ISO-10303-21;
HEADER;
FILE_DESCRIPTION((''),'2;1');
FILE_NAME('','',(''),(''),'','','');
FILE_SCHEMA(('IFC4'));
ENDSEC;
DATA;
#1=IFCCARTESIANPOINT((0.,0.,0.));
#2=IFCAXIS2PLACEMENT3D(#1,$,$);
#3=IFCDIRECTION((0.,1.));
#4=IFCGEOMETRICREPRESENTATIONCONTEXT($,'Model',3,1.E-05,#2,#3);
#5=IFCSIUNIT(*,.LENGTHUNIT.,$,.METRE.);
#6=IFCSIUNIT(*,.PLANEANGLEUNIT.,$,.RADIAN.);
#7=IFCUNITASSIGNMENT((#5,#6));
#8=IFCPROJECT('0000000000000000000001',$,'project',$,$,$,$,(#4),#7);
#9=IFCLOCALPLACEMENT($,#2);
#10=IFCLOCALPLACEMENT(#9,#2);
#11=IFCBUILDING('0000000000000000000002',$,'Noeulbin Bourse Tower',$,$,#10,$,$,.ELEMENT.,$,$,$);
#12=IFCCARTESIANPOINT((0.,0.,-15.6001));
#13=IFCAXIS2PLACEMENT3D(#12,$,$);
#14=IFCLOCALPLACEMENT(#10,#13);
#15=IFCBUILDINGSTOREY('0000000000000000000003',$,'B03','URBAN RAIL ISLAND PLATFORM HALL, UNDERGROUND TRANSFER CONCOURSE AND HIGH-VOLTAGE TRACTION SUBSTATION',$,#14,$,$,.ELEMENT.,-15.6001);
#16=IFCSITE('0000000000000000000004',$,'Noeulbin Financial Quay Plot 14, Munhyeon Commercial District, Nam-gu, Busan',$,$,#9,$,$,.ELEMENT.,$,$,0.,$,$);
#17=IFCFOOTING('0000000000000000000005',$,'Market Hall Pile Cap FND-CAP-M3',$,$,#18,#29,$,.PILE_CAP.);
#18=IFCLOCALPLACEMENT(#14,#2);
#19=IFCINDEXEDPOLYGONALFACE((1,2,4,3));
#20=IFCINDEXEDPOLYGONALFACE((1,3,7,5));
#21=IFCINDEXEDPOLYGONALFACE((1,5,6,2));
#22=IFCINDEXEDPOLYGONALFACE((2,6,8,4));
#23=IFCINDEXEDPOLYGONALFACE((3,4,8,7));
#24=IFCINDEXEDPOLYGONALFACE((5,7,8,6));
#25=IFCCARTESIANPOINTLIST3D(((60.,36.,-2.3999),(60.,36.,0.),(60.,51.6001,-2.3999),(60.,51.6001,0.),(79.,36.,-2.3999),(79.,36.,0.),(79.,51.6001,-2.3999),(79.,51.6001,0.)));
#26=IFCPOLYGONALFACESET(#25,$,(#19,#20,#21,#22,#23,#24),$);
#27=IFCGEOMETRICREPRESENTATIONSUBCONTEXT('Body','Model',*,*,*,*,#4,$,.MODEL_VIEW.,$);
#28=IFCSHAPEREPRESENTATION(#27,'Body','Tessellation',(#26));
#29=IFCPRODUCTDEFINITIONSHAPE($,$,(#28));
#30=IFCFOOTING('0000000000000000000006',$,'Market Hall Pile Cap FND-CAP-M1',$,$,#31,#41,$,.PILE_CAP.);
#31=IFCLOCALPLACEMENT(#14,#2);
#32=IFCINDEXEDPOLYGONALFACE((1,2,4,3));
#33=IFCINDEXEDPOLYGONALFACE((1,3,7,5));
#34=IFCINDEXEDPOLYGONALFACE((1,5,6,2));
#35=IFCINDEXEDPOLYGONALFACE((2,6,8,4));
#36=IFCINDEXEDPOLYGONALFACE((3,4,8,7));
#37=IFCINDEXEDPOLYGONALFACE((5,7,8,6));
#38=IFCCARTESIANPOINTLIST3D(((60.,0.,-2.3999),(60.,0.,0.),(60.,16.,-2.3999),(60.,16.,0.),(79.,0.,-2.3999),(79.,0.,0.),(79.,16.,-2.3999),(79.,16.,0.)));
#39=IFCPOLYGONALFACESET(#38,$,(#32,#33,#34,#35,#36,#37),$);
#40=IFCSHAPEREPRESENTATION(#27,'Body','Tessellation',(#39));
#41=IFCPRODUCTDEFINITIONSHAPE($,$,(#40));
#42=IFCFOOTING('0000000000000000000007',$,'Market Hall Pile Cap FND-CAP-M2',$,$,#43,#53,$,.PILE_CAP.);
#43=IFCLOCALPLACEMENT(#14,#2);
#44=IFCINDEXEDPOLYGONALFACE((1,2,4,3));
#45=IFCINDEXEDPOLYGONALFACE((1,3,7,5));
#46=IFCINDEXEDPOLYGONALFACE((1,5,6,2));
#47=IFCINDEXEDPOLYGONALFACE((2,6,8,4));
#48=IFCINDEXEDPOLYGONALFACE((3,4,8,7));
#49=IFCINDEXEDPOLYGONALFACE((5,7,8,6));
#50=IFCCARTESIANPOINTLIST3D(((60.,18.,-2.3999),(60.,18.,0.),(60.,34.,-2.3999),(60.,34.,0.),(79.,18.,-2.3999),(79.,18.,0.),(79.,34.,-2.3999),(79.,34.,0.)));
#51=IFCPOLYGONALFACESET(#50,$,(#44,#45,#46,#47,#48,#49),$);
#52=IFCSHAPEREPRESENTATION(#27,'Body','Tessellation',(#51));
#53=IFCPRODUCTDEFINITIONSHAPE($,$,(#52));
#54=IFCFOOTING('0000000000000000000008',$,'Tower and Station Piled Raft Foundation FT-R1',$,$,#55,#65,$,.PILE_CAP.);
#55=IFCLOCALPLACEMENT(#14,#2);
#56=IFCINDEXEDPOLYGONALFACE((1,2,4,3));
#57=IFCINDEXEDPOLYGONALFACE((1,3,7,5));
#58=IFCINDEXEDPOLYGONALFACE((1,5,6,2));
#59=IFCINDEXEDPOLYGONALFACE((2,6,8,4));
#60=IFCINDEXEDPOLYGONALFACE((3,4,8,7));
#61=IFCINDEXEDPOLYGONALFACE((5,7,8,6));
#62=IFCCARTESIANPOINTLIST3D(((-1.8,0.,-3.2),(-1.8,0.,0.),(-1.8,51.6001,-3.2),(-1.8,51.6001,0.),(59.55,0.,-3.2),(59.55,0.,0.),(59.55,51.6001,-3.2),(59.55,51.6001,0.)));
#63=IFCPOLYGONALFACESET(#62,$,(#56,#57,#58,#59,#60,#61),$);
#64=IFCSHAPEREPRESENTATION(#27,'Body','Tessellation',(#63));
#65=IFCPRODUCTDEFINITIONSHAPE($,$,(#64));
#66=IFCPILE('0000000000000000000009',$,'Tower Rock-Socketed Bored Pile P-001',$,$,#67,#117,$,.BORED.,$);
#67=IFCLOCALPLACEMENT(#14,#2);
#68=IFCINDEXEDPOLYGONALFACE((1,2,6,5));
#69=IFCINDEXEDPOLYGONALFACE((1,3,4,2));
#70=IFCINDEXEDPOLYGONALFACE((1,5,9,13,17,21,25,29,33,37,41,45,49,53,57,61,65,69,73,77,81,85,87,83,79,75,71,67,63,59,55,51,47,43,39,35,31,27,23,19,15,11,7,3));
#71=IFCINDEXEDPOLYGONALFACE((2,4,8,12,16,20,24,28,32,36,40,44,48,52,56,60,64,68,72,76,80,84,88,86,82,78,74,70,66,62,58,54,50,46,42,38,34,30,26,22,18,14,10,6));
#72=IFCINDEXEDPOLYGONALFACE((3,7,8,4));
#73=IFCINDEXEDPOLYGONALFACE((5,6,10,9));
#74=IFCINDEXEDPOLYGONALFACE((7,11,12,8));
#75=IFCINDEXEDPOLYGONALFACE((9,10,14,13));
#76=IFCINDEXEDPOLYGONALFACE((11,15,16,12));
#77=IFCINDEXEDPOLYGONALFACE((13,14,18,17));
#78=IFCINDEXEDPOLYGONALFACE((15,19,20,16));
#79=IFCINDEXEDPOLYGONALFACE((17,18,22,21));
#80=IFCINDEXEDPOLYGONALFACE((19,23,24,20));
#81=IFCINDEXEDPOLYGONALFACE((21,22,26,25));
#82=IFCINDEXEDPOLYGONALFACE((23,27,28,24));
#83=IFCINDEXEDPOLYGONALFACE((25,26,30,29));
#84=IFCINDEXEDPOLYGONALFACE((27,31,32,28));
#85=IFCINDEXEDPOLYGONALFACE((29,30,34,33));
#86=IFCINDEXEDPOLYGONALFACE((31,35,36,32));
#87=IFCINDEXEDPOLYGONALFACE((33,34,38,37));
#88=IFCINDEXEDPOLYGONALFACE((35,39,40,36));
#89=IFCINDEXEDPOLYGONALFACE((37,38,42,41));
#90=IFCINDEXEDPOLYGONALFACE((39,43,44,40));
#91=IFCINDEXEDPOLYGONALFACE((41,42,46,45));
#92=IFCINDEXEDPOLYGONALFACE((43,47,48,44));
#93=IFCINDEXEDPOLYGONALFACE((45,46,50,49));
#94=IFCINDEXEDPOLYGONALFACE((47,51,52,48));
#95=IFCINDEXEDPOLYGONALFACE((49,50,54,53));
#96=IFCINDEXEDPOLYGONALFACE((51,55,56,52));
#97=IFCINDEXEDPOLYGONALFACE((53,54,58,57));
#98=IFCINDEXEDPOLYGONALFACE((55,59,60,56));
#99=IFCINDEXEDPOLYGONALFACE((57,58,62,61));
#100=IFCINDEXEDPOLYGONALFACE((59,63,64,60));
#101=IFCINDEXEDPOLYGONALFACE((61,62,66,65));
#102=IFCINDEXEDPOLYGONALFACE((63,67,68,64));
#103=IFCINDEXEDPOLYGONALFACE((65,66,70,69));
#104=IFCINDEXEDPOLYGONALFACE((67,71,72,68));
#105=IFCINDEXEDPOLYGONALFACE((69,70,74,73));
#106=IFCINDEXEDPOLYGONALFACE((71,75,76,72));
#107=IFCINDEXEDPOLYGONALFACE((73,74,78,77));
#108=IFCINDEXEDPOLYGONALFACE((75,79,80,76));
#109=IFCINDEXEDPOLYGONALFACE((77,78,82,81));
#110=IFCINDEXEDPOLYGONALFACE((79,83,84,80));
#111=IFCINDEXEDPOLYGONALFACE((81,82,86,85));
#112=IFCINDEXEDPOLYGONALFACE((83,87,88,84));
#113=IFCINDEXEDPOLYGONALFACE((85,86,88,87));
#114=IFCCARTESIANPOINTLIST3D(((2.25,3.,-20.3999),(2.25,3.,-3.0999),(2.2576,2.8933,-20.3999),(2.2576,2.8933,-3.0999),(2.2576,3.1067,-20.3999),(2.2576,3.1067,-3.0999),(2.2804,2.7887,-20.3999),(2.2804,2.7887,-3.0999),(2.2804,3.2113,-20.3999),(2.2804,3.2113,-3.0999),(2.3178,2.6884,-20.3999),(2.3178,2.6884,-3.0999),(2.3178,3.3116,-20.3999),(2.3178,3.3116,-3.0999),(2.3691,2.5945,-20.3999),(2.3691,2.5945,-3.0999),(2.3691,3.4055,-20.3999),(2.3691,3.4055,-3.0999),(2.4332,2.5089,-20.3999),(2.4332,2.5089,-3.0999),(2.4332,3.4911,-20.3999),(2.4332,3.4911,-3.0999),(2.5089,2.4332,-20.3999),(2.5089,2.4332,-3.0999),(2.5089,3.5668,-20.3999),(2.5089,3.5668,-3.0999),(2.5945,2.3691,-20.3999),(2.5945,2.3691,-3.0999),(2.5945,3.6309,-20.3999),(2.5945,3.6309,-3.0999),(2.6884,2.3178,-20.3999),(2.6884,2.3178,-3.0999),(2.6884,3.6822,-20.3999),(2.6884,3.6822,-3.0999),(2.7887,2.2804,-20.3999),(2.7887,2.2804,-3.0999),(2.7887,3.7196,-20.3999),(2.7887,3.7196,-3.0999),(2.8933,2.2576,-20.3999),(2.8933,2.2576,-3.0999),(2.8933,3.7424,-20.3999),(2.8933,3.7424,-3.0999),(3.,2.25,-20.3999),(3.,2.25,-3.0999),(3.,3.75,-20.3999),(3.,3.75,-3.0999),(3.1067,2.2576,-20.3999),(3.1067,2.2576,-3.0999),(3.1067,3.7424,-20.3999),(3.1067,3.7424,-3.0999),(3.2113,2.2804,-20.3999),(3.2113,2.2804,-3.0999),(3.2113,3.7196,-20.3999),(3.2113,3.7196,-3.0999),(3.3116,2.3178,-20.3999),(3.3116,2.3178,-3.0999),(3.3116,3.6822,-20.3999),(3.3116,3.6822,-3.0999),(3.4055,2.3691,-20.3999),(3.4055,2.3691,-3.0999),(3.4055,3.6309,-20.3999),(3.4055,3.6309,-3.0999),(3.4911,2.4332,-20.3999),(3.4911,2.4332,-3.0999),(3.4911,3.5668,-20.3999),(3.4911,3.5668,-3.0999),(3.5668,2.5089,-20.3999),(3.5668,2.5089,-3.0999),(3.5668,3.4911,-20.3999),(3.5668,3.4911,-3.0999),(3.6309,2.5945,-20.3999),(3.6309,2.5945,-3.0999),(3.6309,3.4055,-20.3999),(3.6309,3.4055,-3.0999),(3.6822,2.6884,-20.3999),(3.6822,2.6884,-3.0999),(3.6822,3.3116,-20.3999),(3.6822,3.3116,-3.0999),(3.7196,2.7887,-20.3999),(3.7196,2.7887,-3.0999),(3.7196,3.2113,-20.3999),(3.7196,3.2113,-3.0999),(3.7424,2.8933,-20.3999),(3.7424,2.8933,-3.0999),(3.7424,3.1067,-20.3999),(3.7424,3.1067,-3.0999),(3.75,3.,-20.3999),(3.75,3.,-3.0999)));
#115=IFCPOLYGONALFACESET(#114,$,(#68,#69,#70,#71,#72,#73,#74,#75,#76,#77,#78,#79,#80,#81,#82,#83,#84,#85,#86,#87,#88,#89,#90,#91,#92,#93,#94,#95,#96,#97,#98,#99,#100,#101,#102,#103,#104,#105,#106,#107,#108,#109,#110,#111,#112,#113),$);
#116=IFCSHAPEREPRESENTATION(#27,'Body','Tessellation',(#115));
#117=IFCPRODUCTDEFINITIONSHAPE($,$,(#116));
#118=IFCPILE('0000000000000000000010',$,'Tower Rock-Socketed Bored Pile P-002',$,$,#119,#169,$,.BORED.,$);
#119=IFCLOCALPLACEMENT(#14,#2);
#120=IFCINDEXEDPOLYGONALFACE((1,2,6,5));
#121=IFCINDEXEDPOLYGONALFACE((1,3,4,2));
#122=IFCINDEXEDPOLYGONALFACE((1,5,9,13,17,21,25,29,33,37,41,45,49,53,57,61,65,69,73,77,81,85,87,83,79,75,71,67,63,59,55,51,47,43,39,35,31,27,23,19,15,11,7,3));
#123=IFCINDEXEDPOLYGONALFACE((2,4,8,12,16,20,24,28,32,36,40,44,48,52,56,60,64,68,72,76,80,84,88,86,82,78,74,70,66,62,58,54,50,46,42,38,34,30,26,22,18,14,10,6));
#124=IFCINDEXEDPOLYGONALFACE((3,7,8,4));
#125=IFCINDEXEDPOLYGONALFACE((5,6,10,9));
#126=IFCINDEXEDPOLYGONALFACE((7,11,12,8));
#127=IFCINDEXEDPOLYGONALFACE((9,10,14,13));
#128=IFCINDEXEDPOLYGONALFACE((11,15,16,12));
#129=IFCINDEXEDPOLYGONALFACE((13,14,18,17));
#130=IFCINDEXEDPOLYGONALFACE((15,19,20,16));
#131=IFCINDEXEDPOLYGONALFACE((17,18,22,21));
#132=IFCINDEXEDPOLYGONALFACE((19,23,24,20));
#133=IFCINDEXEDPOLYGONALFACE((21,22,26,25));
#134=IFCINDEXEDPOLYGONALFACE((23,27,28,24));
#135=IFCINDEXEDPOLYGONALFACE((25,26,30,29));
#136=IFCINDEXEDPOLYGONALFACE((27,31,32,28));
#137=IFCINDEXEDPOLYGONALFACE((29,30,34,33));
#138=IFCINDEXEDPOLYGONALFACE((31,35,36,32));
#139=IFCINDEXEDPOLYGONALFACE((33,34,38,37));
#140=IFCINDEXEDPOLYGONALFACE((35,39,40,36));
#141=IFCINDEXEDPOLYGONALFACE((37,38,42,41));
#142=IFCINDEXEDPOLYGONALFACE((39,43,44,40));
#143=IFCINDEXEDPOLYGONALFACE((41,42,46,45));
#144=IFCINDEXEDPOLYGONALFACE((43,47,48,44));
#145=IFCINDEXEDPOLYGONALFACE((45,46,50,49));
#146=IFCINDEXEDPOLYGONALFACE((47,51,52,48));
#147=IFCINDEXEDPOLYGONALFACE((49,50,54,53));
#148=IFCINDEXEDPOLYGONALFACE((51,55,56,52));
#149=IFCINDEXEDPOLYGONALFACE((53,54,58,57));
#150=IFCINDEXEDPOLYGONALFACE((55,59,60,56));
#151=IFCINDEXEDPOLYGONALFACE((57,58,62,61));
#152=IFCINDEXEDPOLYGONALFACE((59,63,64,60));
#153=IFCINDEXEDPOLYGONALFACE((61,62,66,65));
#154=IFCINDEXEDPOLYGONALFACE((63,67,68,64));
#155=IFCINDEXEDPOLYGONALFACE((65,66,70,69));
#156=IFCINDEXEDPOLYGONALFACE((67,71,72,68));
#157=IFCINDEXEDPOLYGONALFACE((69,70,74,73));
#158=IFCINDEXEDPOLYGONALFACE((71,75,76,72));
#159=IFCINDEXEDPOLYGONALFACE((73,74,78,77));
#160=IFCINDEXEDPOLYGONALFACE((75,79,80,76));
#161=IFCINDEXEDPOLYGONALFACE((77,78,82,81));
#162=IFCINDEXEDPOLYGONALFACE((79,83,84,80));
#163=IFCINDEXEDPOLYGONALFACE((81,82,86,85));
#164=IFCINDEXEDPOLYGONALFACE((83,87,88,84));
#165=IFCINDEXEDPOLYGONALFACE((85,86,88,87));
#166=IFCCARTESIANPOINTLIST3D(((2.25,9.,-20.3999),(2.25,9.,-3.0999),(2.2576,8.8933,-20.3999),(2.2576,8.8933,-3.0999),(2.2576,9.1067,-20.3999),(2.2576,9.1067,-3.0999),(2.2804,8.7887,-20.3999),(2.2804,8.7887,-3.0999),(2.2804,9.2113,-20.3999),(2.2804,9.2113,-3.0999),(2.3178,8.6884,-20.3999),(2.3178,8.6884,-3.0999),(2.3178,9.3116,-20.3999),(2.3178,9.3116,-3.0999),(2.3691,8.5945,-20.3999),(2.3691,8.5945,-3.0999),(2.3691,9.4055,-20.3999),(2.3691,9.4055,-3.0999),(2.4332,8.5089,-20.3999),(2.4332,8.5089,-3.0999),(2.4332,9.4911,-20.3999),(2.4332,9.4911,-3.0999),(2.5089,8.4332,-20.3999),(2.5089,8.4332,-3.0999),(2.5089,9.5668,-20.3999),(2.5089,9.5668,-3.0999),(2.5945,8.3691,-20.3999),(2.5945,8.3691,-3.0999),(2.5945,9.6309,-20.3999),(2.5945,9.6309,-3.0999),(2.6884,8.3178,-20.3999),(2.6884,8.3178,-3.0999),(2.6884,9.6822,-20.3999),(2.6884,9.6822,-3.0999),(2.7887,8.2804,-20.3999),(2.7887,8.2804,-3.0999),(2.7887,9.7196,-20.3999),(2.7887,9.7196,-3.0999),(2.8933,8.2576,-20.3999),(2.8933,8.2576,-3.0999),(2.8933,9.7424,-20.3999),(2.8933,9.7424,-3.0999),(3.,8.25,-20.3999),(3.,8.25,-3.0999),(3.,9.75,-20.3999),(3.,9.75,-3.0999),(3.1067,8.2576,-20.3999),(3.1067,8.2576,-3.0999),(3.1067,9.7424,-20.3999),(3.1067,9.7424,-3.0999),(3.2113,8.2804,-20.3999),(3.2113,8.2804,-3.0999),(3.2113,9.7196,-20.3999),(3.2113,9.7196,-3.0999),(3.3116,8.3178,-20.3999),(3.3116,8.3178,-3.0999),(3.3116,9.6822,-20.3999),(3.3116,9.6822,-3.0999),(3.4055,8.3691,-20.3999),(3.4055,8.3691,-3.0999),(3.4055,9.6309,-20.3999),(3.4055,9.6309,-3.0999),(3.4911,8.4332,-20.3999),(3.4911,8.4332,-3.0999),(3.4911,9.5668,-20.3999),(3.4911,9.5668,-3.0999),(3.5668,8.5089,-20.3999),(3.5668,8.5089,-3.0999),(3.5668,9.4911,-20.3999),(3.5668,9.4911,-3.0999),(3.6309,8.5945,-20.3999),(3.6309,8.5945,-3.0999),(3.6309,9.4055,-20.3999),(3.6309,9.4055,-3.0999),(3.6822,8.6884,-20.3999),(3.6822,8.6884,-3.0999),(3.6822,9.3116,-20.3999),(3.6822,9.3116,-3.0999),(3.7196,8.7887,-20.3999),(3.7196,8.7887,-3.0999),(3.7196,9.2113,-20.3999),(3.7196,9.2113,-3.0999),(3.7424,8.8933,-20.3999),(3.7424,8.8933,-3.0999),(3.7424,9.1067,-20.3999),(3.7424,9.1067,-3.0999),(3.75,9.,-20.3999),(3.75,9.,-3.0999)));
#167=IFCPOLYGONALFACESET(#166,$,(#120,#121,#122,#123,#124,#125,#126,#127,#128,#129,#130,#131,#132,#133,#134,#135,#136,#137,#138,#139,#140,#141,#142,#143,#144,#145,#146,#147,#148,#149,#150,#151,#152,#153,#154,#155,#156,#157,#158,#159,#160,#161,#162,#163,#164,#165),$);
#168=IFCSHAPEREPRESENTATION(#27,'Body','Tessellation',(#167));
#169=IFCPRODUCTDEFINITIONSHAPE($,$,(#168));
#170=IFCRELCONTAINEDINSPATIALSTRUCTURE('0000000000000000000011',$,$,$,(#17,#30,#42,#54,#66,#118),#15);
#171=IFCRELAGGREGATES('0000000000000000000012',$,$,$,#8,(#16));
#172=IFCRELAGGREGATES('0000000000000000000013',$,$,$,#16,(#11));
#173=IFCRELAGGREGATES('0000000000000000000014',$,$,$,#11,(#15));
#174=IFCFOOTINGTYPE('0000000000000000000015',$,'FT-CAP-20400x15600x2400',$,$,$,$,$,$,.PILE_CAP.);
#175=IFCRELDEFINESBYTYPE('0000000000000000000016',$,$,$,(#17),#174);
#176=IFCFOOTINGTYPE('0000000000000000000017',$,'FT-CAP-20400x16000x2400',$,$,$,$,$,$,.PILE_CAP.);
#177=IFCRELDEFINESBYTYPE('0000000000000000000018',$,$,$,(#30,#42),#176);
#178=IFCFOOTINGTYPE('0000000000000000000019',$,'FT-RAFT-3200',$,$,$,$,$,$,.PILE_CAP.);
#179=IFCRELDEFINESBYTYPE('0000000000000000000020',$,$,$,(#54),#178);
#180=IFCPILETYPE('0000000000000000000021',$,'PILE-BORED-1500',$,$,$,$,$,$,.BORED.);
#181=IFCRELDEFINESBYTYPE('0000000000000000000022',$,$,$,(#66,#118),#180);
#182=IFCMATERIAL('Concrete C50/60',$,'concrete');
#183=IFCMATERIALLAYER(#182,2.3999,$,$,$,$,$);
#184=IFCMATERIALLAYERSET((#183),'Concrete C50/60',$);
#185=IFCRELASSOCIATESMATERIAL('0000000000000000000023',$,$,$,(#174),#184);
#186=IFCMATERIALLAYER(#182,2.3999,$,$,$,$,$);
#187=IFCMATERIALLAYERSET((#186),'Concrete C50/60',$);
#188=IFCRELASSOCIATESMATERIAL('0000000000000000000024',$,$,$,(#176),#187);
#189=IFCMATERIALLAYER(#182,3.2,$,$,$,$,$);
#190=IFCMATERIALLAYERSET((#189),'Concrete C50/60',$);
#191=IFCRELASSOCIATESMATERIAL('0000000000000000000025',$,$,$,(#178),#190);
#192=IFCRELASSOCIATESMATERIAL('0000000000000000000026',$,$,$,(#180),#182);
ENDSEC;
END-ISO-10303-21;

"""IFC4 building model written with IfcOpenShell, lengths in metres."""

from ifc_helpers import new_model, si_unit, direction, frame, origin, origin_2d, place, context, subcontext, project, spatial, polyline, circle, outline, extrude, material, layer, layer_set, material_profile, profile_set, type_object, element, save


model = new_model("IFC4")

# Units and contexts
model_context = context("Model", 3, precision=1e-05, world=origin(), true_north=direction((0.0, 1.0)))
body_context = subcontext(model_context, "Body", "Model", "MODEL_VIEW")
ifc_project = project(units=[si_unit("LENGTHUNIT", "METRE"), si_unit("PLANEANGLEUNIT", "RADIAN")], contexts=[model_context])

# Site, building, storey
site_placement = place(None, origin())
site = spatial("IfcSite", under=ifc_project, at=site_placement, Name="Noeulbin Financial Quay Plot 14, Munhyeon Commercial District, Nam-gu, Busan", CompositionType="ELEMENT", RefElevation=0.0)
building_placement = place(site_placement, origin())
building = spatial("IfcBuilding", under=site, at=building_placement, Name="Noeulbin Bourse Tower", CompositionType="ELEMENT")
storey_placement = place(building_placement, frame((0.0, 0.0, -15.6001)))
storey = spatial("IfcBuildingStorey", under=building, at=storey_placement, Name="B03", Description="URBAN RAIL ISLAND PLATFORM HALL, UNDERGROUND TRANSFER CONCOURSE AND HIGH-VOLTAGE TRACTION SUBSTATION", CompositionType="ELEMENT", Elevation=-15.6001)

# Footings
ifc_material_1 = material(Name="Concrete C50/60", Category="concrete")
ifc_layer_1 = layer(ifc_material_1, 2.3999)
ifc_layer_set_1 = layer_set([ifc_layer_1], Name="Concrete C50/60")
footing_type_1 = type_object("IfcFootingType", Name="FT-CAP-20400x15600x2400", PredefinedType="PILE_CAP", material=ifc_layer_set_1)
footing_1_placement = place(storey_placement, frame((0.0, 0.0, -2.3999)))
element("IfcFooting", 1, at=footing_1_placement, inside=storey, type_object=footing_type_1, Name="Market Hall Pile Cap FND-CAP-M3", PredefinedType="PILE_CAP", context=body_context, shape_type="SweptSolid", body=[
    extrude(outline(polyline([(60.0, 36.0), (79.0, 36.0), (79.0, 51.6001), (60.0, 51.6001), (60.0, 36.0)])), origin(), (0.0, 0.0, 1.0), 2.3999),
])
ifc_layer_2 = layer(ifc_material_1, 2.3999)
ifc_layer_set_2 = layer_set([ifc_layer_2], Name="Concrete C50/60")
footing_type_2 = type_object("IfcFootingType", Name="FT-CAP-20400x16000x2400", PredefinedType="PILE_CAP", material=ifc_layer_set_2)
footing_2_placement = place(storey_placement, frame((0.0, 0.0, -2.3999)))
element("IfcFooting", 2, at=footing_2_placement, inside=storey, type_object=footing_type_2, Name="Market Hall Pile Cap FND-CAP-M1", PredefinedType="PILE_CAP", context=body_context, shape_type="SweptSolid", body=[
    extrude(outline(polyline([(60.0, 0.0), (79.0, 0.0), (79.0, 16.0), (60.0, 16.0), (60.0, 0.0)])), origin(), (0.0, 0.0, 1.0), 2.3999),
])
footing_3_placement = place(storey_placement, frame((0.0, 0.0, -2.3999)))
element("IfcFooting", 3, at=footing_3_placement, inside=storey, type_object=footing_type_2, Name="Market Hall Pile Cap FND-CAP-M2", PredefinedType="PILE_CAP", context=body_context, shape_type="SweptSolid", body=[
    extrude(outline(polyline([(60.0, 18.0), (79.0, 18.0), (79.0, 34.0), (60.0, 34.0), (60.0, 18.0)])), origin(), (0.0, 0.0, 1.0), 2.3999),
])
ifc_layer_3 = layer(ifc_material_1, 3.2)
ifc_layer_set_3 = layer_set([ifc_layer_3], Name="Concrete C50/60")
footing_type_3 = type_object("IfcFootingType", Name="FT-RAFT-3200", PredefinedType="PILE_CAP", material=ifc_layer_set_3)
footing_4_placement = place(storey_placement, frame((0.0, 0.0, -3.2)))
element("IfcFooting", 4, at=footing_4_placement, inside=storey, type_object=footing_type_3, Name="Tower and Station Piled Raft Foundation FT-R1", PredefinedType="PILE_CAP", context=body_context, shape_type="SweptSolid", body=[
    extrude(outline(polyline([(-1.8, 0.0), (59.55, 0.0), (59.55, 51.6001), (-1.8, 51.6001), (-1.8, 0.0)])), origin(), (0.0, 0.0, 1.0), 3.2),
])

# Piles
ifc_material_profile_1 = material_profile(ifc_material_1, circle(Radius=0.75, at=origin_2d()), Name="PILE-D1500", Category="LoadBearing")
ifc_profile_set_1 = profile_set([ifc_material_profile_1], Name="Concrete C50/60")
pile_type = type_object("IfcPileType", Name="PILE-BORED-1500", PredefinedType="BORED", material=ifc_profile_set_1)
for number, where, z_axis, x_axis, name in (
    (5, (3.0, 3.0, -3.0999), (0.0, 0.0, -1.0), (1.0, 0.0, 0.0), "Tower Rock-Socketed Bored Pile P-001"),
    (6, (3.0, 9.0, -3.0999), (0.0, 0.0, -1.0), (1.0, 0.0, 0.0), "Tower Rock-Socketed Bored Pile P-002"),
):
    element("IfcPile", number, at=place(storey_placement, frame(where, z_axis=z_axis, x_axis=x_axis)), inside=storey, type_object=pile_type, Name=name, PredefinedType="BORED", context=body_context, shape_type="SweptSolid", body=[
        extrude(circle(Radius=0.75, at=origin_2d()), origin(), (0.0, 0.0, 1.0), 17.3),
    ])

save(model, "model.ifc")
